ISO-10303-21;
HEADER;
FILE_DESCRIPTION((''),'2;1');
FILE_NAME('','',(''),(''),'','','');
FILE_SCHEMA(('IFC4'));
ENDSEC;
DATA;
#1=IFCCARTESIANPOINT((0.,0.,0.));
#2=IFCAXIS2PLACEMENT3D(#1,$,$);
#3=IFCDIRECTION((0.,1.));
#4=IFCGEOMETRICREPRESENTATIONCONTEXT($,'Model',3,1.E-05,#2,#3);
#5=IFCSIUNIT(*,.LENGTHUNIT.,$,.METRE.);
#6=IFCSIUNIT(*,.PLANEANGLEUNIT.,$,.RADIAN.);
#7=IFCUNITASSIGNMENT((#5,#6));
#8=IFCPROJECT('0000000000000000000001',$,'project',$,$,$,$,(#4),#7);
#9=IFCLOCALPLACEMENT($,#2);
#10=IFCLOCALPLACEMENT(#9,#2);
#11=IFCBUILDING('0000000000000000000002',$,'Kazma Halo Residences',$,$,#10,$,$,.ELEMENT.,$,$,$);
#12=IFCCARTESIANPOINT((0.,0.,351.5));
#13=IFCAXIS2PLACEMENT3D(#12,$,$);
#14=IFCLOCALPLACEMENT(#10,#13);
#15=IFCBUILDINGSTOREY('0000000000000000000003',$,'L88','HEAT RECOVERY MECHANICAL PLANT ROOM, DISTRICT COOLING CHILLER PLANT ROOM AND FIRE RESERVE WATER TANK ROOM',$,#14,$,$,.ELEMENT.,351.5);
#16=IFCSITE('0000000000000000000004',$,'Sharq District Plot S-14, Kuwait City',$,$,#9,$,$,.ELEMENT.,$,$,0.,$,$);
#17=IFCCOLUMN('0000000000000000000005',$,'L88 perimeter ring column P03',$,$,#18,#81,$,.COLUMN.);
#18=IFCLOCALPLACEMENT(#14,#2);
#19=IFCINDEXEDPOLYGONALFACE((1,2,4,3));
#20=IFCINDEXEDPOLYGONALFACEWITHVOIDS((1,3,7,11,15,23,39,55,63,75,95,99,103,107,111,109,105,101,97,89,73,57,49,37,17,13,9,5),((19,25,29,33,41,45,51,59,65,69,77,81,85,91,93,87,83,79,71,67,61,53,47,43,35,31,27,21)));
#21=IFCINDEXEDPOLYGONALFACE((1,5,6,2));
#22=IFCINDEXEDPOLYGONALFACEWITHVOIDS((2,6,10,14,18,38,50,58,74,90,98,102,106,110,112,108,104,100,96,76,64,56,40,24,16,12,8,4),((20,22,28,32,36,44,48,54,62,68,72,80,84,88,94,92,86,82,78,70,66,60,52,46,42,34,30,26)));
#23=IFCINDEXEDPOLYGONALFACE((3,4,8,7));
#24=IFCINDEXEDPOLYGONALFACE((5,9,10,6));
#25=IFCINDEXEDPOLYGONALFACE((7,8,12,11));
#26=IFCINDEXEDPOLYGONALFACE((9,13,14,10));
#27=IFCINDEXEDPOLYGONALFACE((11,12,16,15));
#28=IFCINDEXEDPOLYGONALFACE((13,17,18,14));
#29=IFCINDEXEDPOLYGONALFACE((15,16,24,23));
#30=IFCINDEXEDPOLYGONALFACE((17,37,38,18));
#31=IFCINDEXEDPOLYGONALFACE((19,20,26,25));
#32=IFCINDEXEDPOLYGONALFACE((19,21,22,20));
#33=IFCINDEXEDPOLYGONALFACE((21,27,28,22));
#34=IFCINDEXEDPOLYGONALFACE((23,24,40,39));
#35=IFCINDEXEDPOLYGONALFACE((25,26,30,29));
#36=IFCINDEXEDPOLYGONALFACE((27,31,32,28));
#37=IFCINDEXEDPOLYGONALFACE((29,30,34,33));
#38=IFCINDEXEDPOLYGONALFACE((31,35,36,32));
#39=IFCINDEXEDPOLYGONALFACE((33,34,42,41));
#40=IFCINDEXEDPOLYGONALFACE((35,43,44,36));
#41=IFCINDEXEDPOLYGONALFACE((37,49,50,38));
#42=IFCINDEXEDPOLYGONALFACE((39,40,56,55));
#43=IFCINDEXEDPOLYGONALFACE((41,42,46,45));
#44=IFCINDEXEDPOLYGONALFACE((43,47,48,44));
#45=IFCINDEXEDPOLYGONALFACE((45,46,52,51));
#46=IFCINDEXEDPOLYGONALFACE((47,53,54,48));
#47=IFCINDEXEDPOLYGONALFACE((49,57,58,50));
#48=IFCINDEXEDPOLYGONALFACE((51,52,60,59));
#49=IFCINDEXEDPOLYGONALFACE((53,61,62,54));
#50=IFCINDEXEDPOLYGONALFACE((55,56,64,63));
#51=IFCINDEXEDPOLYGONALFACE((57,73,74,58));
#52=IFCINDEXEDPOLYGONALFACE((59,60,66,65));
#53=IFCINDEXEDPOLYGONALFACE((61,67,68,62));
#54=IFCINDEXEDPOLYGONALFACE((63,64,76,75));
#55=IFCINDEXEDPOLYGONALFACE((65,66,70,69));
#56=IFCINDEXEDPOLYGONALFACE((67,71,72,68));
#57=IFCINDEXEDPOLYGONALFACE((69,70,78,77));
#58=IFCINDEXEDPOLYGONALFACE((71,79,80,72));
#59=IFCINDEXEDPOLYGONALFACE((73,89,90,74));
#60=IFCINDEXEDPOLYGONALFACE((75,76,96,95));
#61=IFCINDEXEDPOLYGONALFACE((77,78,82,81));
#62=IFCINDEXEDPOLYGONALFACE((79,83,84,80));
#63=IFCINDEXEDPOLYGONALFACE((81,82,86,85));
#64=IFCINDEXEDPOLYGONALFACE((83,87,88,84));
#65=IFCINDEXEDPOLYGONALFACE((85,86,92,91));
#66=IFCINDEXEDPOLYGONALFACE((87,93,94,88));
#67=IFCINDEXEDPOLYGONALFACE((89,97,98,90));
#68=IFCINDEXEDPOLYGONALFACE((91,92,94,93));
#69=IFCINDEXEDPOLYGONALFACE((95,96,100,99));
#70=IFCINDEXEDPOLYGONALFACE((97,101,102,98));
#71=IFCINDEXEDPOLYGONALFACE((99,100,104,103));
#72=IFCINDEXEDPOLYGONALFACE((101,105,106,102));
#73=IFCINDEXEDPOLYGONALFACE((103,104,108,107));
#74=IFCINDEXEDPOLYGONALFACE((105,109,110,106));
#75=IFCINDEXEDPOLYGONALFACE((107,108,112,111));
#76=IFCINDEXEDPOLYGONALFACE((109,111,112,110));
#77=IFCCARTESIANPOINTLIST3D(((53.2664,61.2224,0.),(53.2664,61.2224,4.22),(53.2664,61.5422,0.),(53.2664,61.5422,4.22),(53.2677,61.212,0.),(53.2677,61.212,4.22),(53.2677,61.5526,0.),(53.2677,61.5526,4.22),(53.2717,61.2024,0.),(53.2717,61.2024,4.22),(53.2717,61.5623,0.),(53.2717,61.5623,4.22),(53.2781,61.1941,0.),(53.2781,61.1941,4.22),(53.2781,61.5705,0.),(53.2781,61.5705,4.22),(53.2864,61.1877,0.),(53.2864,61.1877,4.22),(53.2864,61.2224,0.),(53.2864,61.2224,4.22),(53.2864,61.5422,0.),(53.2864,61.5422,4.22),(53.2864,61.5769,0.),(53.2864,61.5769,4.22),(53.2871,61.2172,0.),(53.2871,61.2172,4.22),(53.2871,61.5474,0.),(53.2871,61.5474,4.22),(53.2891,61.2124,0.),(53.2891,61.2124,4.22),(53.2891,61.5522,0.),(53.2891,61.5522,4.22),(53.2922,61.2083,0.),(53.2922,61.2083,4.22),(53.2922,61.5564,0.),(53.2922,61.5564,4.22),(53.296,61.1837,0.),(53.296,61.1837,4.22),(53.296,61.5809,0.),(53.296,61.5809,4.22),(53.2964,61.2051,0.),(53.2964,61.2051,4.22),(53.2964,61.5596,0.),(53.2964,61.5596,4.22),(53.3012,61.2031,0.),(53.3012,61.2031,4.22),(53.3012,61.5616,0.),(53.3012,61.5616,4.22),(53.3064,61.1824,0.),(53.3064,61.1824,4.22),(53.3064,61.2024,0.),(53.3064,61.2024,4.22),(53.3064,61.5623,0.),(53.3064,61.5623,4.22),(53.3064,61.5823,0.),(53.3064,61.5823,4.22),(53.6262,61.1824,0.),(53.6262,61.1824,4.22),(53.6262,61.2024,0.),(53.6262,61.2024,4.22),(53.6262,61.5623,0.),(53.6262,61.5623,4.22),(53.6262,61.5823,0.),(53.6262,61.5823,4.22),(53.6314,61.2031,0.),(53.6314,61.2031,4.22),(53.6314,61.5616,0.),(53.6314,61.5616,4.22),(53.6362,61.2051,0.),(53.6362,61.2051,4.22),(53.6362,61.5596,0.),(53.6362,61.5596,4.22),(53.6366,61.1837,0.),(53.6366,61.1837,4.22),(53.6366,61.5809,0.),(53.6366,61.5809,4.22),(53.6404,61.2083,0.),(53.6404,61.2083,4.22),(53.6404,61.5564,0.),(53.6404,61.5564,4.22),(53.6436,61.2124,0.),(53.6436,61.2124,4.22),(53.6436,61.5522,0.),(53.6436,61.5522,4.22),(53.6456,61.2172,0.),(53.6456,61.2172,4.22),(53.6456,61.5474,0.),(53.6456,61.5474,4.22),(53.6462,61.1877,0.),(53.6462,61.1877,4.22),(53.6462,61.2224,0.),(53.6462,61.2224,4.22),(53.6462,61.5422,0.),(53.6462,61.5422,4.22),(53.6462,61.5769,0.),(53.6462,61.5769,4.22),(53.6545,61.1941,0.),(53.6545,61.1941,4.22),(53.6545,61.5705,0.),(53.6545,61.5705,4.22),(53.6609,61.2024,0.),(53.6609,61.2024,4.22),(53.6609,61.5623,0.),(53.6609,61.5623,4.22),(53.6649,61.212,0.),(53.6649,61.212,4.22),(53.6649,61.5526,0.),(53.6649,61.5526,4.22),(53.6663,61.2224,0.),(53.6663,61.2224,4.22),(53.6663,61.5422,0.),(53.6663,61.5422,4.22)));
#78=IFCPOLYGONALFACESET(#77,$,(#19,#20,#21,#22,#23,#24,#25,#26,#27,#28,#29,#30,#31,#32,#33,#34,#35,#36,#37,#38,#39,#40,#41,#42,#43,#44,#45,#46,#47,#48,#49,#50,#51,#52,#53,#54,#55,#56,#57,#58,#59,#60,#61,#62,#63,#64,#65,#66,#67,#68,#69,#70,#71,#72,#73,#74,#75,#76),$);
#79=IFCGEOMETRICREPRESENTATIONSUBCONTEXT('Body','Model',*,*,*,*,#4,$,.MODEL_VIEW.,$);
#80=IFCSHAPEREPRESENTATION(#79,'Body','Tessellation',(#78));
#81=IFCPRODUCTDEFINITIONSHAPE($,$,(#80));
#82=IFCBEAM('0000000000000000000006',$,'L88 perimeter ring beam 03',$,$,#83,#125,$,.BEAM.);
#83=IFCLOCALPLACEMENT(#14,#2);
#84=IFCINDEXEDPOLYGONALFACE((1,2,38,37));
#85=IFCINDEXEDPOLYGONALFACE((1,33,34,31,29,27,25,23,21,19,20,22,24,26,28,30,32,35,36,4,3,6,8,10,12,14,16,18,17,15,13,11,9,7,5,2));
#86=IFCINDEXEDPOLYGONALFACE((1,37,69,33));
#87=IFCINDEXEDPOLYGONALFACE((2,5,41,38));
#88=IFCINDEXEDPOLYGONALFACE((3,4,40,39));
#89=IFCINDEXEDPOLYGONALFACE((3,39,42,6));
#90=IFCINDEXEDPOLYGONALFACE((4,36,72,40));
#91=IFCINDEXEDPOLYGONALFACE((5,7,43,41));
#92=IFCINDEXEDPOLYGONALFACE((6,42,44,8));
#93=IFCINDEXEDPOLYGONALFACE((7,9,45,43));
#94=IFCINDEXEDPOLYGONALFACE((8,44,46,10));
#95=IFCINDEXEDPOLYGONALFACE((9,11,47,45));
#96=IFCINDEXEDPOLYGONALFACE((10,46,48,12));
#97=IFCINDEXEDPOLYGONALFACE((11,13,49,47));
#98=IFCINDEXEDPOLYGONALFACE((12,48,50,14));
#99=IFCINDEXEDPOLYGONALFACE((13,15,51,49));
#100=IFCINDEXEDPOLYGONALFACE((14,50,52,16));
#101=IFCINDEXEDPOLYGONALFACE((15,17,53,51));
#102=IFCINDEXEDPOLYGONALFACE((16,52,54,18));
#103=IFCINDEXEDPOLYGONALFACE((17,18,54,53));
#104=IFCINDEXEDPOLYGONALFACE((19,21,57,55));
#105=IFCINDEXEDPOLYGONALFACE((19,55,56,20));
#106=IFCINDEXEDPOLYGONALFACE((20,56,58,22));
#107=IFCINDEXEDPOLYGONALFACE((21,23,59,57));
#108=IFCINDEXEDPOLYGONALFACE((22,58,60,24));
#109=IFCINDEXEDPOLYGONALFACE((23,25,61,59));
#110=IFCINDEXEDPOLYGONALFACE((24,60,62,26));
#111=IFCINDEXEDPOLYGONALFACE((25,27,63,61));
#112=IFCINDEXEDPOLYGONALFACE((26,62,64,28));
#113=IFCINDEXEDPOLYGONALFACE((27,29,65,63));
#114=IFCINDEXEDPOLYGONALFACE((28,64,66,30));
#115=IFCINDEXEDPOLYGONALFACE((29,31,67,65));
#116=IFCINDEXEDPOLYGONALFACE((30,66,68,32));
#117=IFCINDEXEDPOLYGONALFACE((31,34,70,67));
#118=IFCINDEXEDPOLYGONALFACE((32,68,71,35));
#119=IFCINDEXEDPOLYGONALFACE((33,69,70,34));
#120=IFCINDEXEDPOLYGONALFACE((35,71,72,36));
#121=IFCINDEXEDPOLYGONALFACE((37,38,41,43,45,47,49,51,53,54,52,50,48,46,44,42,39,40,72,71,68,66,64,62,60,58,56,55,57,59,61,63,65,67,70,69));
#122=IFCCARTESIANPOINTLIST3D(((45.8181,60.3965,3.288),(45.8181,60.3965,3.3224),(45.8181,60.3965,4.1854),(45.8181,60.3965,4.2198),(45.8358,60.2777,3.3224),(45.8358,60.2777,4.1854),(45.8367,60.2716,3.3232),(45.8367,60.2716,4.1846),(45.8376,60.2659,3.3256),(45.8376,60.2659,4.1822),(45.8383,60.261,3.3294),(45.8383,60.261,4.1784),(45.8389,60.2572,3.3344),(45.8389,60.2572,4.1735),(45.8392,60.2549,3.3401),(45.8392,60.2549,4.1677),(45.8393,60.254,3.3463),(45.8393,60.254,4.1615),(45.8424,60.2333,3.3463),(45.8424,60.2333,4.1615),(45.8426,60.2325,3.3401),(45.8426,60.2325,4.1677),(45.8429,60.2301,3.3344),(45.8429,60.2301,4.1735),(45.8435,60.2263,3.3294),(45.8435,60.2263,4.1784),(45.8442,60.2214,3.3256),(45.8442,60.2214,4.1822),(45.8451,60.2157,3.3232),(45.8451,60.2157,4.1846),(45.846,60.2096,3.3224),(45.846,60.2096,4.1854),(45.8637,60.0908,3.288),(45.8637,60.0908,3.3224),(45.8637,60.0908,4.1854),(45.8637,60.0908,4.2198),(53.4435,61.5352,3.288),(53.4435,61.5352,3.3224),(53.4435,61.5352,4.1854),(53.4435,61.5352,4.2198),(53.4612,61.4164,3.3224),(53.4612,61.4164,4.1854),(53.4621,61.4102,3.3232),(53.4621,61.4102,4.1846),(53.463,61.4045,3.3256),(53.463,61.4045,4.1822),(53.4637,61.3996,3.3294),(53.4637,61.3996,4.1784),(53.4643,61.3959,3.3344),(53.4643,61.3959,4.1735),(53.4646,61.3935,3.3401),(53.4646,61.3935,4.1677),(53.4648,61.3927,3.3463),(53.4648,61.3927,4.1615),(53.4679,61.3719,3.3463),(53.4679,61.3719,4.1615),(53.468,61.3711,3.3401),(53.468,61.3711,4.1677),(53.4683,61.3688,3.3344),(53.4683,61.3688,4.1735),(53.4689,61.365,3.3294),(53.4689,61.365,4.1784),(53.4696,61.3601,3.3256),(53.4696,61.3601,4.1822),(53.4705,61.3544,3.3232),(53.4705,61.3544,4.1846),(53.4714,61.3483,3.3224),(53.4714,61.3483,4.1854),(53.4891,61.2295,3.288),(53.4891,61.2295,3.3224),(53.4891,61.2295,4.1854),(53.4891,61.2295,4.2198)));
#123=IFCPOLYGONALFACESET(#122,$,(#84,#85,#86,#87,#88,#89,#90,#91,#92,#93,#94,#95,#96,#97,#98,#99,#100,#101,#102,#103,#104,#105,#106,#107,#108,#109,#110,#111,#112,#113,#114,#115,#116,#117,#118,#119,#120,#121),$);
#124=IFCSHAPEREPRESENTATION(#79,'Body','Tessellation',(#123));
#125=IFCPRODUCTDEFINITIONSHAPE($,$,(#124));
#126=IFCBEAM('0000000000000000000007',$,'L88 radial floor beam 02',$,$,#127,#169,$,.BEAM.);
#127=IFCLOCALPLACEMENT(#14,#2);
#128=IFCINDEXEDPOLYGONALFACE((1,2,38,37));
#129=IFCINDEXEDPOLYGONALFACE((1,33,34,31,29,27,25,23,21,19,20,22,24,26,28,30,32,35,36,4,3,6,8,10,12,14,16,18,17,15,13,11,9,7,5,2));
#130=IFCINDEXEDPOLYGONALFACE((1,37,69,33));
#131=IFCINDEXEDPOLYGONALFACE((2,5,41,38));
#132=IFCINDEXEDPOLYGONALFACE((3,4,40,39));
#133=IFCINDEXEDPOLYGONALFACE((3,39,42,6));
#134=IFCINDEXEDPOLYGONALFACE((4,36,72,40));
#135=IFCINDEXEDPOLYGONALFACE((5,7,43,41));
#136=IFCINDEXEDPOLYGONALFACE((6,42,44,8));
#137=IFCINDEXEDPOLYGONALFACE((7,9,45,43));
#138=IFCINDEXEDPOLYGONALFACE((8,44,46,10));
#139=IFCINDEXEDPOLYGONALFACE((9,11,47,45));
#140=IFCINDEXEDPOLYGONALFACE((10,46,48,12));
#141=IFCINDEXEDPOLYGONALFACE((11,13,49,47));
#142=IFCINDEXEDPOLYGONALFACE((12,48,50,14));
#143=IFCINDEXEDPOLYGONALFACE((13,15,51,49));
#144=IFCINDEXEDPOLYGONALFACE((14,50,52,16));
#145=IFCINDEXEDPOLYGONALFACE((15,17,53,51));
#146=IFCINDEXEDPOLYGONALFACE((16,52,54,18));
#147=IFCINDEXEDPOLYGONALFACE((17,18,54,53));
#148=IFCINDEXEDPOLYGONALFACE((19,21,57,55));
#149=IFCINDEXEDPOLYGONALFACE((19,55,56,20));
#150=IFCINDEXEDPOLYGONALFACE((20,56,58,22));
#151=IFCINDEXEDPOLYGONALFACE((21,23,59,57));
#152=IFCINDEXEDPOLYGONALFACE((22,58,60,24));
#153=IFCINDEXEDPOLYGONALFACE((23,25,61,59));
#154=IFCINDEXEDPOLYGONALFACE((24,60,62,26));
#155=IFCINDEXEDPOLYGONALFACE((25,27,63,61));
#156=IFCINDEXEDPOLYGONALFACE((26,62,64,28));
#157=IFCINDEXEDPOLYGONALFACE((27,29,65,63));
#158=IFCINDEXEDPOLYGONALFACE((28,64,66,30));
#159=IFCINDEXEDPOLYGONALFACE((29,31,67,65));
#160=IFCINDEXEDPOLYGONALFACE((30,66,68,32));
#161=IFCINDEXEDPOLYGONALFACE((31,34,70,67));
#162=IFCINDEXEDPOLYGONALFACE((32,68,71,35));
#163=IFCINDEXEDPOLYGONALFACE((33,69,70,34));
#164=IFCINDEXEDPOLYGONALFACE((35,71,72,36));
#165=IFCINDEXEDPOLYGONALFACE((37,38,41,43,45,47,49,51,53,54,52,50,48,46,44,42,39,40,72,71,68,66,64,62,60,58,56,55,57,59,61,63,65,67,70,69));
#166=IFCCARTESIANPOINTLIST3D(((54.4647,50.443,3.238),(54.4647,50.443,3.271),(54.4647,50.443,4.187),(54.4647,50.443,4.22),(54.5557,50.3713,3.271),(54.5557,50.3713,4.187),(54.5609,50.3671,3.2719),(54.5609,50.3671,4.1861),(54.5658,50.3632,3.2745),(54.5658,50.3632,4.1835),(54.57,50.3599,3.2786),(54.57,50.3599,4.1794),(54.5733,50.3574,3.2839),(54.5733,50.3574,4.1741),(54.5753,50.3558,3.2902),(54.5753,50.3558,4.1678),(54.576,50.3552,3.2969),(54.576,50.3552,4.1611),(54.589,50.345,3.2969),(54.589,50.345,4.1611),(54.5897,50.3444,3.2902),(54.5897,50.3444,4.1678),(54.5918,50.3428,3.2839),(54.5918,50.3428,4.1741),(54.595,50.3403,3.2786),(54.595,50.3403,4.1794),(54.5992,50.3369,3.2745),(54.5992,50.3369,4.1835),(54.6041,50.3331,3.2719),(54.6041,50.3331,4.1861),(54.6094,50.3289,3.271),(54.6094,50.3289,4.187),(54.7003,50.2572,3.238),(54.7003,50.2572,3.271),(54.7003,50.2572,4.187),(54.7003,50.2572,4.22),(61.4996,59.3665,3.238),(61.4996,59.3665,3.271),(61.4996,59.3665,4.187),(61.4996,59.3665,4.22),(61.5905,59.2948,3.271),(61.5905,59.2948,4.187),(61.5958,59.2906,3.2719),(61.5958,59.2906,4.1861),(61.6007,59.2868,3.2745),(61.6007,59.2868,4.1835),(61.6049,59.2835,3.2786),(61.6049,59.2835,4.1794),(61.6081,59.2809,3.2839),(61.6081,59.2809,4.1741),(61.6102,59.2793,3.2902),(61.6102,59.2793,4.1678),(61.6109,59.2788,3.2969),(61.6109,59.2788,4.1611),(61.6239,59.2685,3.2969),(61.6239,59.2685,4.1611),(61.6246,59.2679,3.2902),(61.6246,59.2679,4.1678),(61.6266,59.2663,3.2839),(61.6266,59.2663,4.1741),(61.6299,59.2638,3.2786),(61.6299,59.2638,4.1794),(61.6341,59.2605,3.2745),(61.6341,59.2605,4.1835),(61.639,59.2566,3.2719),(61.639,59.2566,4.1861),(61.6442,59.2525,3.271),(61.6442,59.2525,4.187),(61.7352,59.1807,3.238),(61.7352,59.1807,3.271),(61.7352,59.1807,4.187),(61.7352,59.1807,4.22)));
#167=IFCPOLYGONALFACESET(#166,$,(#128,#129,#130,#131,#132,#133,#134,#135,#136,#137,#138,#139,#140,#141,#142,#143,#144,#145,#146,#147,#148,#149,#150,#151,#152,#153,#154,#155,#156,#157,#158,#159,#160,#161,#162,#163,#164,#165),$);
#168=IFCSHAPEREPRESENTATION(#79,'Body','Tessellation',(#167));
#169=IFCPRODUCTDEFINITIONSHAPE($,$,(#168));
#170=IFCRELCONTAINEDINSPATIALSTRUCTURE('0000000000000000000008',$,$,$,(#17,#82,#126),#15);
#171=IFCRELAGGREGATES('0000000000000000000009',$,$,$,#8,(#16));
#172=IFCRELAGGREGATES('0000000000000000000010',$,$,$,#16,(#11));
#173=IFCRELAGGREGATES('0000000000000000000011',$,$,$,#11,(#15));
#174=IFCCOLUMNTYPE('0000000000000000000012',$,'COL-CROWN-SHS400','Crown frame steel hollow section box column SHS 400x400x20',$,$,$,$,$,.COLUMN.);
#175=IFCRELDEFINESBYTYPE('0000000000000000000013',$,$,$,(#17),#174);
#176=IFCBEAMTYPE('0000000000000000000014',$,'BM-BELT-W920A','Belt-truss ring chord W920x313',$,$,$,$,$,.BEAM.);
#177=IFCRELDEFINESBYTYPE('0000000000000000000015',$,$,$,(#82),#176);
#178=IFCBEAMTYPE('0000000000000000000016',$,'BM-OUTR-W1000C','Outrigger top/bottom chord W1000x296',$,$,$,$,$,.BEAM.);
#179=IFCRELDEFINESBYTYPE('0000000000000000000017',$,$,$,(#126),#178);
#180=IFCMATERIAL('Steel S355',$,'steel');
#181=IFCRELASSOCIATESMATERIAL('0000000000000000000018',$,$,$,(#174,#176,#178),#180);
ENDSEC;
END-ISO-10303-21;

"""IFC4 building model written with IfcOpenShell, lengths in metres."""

from ifc_helpers import new_model, si_unit, direction, frame, origin, origin_2d, place, context, subcontext, project, spatial, hollow_rectangle, i_section, extrude, material, material_profile, profile_set, type_object, element, save


model = new_model("IFC4")

# Units and contexts
model_context = context("Model", 3, precision=1e-05, world=origin(), true_north=direction((0.0, 1.0)))
body_context = subcontext(model_context, "Body", "Model", "MODEL_VIEW")
ifc_project = project(units=[si_unit("LENGTHUNIT", "METRE"), si_unit("PLANEANGLEUNIT", "RADIAN")], contexts=[model_context])

# Site, building, storey
site_placement = place(None, origin())
site = spatial("IfcSite", under=ifc_project, at=site_placement, Name="Sharq District Plot S-14, Kuwait City", CompositionType="ELEMENT", RefElevation=0.0)
building_placement = place(site_placement, origin())
building = spatial("IfcBuilding", under=site, at=building_placement, Name="Kazma Halo Residences", CompositionType="ELEMENT")
storey_placement = place(building_placement, frame((0.0, 0.0, 351.5)))
storey = spatial("IfcBuildingStorey", under=building, at=storey_placement, Name="L88", Description="HEAT RECOVERY MECHANICAL PLANT ROOM, DISTRICT COOLING CHILLER PLANT ROOM AND FIRE RESERVE WATER TANK ROOM", CompositionType="ELEMENT", Elevation=351.5)

# Column
ifc_material_1 = material(Name="Steel S355", Category="steel")
ifc_material_profile_1 = material_profile(ifc_material_1, hollow_rectangle(XDim=0.3999, YDim=0.3999, WallThickness=0.02, InnerFilletRadius=0.02, OuterFilletRadius=0.04, at=origin_2d()), Name="SHS400x400x20")
ifc_profile_set_1 = profile_set([ifc_material_profile_1], Name="Steel S355")
column_type = type_object("IfcColumnType", Name="COL-CROWN-SHS400", Description="Crown frame steel hollow section box column SHS 400x400x20", PredefinedType="COLUMN", material=ifc_profile_set_1)
column_placement = place(storey_placement, frame((53.4663, 61.3823, 0.0), z_axis=(0.0, 0.0, 1.0), x_axis=(1.0, 0.0, 0.0)))
element("IfcColumn", 1, at=column_placement, inside=storey, type_object=column_type, Name="L88 perimeter ring column P03", PredefinedType="COLUMN", context=body_context, shape_type="SweptSolid", body=[
    extrude(hollow_rectangle(XDim=0.3999, YDim=0.3999, WallThickness=0.02, InnerFilletRadius=0.02, OuterFilletRadius=0.04, at=origin_2d()), origin(), (0.0, 0.0, 1.0), 4.22),
])

# Beams
ifc_material_profile_2 = material_profile(ifc_material_1, i_section(OverallWidth=0.3091, OverallDepth=0.9319, WebThickness=0.021, FlangeThickness=0.0344, FilletRadius=0.0239, at=origin_2d()), Name="W920x313")
ifc_profile_set_2 = profile_set([ifc_material_profile_2], Name="Steel S355")
beam_type_1 = type_object("IfcBeamType", Name="BM-BELT-W920A", Description="Belt-truss ring chord W920x313", PredefinedType="BEAM", material=ifc_profile_set_2)
beam_1_placement = place(storey_placement, frame((53.4663, 61.3823, 3.7539), z_axis=(-0.989034, -0.147687, 0.0), x_axis=(0.147687, -0.989034, 0.0)))
element("IfcBeam", 2, at=beam_1_placement, inside=storey, type_object=beam_type_1, Name="L88 perimeter ring beam 03", PredefinedType="BEAM", context=body_context, shape_type="SweptSolid", body=[
    extrude(i_section(OverallWidth=0.3091, OverallDepth=0.9319, WebThickness=0.021, FlangeThickness=0.0344, FilletRadius=0.0239, at=origin_2d()), origin(), (0.0, 0.0, 1.0), 7.71),
])
ifc_material_profile_3 = material_profile(ifc_material_1, i_section(OverallWidth=0.3, OverallDepth=0.9819, WebThickness=0.0166, FlangeThickness=0.033, FilletRadius=0.0259, at=origin_2d()), Name="W1000x296")
ifc_profile_set_3 = profile_set([ifc_material_profile_3], Name="Steel S355")
beam_type_2 = type_object("IfcBeamType", Name="BM-OUTR-W1000C", Description="Outrigger top/bottom chord W1000x296", PredefinedType="BEAM", material=ifc_profile_set_3)
beam_2_placement = place(storey_placement, frame((54.5825, 50.3501, 3.729), z_axis=(0.619101, 0.785312, 0.0), x_axis=(-0.785312, 0.619101, 0.0)))
element("IfcBeam", 3, at=beam_2_placement, inside=storey, type_object=beam_type_2, Name="L88 radial floor beam 02", PredefinedType="BEAM", context=body_context, shape_type="SweptSolid", body=[
    extrude(i_section(OverallWidth=0.3, OverallDepth=0.9819, WebThickness=0.0166, FlangeThickness=0.033, FilletRadius=0.0259, at=origin_2d()), origin(), (0.0, 0.0, 1.0), 11.363),
])

save(model, "model.ifc")
